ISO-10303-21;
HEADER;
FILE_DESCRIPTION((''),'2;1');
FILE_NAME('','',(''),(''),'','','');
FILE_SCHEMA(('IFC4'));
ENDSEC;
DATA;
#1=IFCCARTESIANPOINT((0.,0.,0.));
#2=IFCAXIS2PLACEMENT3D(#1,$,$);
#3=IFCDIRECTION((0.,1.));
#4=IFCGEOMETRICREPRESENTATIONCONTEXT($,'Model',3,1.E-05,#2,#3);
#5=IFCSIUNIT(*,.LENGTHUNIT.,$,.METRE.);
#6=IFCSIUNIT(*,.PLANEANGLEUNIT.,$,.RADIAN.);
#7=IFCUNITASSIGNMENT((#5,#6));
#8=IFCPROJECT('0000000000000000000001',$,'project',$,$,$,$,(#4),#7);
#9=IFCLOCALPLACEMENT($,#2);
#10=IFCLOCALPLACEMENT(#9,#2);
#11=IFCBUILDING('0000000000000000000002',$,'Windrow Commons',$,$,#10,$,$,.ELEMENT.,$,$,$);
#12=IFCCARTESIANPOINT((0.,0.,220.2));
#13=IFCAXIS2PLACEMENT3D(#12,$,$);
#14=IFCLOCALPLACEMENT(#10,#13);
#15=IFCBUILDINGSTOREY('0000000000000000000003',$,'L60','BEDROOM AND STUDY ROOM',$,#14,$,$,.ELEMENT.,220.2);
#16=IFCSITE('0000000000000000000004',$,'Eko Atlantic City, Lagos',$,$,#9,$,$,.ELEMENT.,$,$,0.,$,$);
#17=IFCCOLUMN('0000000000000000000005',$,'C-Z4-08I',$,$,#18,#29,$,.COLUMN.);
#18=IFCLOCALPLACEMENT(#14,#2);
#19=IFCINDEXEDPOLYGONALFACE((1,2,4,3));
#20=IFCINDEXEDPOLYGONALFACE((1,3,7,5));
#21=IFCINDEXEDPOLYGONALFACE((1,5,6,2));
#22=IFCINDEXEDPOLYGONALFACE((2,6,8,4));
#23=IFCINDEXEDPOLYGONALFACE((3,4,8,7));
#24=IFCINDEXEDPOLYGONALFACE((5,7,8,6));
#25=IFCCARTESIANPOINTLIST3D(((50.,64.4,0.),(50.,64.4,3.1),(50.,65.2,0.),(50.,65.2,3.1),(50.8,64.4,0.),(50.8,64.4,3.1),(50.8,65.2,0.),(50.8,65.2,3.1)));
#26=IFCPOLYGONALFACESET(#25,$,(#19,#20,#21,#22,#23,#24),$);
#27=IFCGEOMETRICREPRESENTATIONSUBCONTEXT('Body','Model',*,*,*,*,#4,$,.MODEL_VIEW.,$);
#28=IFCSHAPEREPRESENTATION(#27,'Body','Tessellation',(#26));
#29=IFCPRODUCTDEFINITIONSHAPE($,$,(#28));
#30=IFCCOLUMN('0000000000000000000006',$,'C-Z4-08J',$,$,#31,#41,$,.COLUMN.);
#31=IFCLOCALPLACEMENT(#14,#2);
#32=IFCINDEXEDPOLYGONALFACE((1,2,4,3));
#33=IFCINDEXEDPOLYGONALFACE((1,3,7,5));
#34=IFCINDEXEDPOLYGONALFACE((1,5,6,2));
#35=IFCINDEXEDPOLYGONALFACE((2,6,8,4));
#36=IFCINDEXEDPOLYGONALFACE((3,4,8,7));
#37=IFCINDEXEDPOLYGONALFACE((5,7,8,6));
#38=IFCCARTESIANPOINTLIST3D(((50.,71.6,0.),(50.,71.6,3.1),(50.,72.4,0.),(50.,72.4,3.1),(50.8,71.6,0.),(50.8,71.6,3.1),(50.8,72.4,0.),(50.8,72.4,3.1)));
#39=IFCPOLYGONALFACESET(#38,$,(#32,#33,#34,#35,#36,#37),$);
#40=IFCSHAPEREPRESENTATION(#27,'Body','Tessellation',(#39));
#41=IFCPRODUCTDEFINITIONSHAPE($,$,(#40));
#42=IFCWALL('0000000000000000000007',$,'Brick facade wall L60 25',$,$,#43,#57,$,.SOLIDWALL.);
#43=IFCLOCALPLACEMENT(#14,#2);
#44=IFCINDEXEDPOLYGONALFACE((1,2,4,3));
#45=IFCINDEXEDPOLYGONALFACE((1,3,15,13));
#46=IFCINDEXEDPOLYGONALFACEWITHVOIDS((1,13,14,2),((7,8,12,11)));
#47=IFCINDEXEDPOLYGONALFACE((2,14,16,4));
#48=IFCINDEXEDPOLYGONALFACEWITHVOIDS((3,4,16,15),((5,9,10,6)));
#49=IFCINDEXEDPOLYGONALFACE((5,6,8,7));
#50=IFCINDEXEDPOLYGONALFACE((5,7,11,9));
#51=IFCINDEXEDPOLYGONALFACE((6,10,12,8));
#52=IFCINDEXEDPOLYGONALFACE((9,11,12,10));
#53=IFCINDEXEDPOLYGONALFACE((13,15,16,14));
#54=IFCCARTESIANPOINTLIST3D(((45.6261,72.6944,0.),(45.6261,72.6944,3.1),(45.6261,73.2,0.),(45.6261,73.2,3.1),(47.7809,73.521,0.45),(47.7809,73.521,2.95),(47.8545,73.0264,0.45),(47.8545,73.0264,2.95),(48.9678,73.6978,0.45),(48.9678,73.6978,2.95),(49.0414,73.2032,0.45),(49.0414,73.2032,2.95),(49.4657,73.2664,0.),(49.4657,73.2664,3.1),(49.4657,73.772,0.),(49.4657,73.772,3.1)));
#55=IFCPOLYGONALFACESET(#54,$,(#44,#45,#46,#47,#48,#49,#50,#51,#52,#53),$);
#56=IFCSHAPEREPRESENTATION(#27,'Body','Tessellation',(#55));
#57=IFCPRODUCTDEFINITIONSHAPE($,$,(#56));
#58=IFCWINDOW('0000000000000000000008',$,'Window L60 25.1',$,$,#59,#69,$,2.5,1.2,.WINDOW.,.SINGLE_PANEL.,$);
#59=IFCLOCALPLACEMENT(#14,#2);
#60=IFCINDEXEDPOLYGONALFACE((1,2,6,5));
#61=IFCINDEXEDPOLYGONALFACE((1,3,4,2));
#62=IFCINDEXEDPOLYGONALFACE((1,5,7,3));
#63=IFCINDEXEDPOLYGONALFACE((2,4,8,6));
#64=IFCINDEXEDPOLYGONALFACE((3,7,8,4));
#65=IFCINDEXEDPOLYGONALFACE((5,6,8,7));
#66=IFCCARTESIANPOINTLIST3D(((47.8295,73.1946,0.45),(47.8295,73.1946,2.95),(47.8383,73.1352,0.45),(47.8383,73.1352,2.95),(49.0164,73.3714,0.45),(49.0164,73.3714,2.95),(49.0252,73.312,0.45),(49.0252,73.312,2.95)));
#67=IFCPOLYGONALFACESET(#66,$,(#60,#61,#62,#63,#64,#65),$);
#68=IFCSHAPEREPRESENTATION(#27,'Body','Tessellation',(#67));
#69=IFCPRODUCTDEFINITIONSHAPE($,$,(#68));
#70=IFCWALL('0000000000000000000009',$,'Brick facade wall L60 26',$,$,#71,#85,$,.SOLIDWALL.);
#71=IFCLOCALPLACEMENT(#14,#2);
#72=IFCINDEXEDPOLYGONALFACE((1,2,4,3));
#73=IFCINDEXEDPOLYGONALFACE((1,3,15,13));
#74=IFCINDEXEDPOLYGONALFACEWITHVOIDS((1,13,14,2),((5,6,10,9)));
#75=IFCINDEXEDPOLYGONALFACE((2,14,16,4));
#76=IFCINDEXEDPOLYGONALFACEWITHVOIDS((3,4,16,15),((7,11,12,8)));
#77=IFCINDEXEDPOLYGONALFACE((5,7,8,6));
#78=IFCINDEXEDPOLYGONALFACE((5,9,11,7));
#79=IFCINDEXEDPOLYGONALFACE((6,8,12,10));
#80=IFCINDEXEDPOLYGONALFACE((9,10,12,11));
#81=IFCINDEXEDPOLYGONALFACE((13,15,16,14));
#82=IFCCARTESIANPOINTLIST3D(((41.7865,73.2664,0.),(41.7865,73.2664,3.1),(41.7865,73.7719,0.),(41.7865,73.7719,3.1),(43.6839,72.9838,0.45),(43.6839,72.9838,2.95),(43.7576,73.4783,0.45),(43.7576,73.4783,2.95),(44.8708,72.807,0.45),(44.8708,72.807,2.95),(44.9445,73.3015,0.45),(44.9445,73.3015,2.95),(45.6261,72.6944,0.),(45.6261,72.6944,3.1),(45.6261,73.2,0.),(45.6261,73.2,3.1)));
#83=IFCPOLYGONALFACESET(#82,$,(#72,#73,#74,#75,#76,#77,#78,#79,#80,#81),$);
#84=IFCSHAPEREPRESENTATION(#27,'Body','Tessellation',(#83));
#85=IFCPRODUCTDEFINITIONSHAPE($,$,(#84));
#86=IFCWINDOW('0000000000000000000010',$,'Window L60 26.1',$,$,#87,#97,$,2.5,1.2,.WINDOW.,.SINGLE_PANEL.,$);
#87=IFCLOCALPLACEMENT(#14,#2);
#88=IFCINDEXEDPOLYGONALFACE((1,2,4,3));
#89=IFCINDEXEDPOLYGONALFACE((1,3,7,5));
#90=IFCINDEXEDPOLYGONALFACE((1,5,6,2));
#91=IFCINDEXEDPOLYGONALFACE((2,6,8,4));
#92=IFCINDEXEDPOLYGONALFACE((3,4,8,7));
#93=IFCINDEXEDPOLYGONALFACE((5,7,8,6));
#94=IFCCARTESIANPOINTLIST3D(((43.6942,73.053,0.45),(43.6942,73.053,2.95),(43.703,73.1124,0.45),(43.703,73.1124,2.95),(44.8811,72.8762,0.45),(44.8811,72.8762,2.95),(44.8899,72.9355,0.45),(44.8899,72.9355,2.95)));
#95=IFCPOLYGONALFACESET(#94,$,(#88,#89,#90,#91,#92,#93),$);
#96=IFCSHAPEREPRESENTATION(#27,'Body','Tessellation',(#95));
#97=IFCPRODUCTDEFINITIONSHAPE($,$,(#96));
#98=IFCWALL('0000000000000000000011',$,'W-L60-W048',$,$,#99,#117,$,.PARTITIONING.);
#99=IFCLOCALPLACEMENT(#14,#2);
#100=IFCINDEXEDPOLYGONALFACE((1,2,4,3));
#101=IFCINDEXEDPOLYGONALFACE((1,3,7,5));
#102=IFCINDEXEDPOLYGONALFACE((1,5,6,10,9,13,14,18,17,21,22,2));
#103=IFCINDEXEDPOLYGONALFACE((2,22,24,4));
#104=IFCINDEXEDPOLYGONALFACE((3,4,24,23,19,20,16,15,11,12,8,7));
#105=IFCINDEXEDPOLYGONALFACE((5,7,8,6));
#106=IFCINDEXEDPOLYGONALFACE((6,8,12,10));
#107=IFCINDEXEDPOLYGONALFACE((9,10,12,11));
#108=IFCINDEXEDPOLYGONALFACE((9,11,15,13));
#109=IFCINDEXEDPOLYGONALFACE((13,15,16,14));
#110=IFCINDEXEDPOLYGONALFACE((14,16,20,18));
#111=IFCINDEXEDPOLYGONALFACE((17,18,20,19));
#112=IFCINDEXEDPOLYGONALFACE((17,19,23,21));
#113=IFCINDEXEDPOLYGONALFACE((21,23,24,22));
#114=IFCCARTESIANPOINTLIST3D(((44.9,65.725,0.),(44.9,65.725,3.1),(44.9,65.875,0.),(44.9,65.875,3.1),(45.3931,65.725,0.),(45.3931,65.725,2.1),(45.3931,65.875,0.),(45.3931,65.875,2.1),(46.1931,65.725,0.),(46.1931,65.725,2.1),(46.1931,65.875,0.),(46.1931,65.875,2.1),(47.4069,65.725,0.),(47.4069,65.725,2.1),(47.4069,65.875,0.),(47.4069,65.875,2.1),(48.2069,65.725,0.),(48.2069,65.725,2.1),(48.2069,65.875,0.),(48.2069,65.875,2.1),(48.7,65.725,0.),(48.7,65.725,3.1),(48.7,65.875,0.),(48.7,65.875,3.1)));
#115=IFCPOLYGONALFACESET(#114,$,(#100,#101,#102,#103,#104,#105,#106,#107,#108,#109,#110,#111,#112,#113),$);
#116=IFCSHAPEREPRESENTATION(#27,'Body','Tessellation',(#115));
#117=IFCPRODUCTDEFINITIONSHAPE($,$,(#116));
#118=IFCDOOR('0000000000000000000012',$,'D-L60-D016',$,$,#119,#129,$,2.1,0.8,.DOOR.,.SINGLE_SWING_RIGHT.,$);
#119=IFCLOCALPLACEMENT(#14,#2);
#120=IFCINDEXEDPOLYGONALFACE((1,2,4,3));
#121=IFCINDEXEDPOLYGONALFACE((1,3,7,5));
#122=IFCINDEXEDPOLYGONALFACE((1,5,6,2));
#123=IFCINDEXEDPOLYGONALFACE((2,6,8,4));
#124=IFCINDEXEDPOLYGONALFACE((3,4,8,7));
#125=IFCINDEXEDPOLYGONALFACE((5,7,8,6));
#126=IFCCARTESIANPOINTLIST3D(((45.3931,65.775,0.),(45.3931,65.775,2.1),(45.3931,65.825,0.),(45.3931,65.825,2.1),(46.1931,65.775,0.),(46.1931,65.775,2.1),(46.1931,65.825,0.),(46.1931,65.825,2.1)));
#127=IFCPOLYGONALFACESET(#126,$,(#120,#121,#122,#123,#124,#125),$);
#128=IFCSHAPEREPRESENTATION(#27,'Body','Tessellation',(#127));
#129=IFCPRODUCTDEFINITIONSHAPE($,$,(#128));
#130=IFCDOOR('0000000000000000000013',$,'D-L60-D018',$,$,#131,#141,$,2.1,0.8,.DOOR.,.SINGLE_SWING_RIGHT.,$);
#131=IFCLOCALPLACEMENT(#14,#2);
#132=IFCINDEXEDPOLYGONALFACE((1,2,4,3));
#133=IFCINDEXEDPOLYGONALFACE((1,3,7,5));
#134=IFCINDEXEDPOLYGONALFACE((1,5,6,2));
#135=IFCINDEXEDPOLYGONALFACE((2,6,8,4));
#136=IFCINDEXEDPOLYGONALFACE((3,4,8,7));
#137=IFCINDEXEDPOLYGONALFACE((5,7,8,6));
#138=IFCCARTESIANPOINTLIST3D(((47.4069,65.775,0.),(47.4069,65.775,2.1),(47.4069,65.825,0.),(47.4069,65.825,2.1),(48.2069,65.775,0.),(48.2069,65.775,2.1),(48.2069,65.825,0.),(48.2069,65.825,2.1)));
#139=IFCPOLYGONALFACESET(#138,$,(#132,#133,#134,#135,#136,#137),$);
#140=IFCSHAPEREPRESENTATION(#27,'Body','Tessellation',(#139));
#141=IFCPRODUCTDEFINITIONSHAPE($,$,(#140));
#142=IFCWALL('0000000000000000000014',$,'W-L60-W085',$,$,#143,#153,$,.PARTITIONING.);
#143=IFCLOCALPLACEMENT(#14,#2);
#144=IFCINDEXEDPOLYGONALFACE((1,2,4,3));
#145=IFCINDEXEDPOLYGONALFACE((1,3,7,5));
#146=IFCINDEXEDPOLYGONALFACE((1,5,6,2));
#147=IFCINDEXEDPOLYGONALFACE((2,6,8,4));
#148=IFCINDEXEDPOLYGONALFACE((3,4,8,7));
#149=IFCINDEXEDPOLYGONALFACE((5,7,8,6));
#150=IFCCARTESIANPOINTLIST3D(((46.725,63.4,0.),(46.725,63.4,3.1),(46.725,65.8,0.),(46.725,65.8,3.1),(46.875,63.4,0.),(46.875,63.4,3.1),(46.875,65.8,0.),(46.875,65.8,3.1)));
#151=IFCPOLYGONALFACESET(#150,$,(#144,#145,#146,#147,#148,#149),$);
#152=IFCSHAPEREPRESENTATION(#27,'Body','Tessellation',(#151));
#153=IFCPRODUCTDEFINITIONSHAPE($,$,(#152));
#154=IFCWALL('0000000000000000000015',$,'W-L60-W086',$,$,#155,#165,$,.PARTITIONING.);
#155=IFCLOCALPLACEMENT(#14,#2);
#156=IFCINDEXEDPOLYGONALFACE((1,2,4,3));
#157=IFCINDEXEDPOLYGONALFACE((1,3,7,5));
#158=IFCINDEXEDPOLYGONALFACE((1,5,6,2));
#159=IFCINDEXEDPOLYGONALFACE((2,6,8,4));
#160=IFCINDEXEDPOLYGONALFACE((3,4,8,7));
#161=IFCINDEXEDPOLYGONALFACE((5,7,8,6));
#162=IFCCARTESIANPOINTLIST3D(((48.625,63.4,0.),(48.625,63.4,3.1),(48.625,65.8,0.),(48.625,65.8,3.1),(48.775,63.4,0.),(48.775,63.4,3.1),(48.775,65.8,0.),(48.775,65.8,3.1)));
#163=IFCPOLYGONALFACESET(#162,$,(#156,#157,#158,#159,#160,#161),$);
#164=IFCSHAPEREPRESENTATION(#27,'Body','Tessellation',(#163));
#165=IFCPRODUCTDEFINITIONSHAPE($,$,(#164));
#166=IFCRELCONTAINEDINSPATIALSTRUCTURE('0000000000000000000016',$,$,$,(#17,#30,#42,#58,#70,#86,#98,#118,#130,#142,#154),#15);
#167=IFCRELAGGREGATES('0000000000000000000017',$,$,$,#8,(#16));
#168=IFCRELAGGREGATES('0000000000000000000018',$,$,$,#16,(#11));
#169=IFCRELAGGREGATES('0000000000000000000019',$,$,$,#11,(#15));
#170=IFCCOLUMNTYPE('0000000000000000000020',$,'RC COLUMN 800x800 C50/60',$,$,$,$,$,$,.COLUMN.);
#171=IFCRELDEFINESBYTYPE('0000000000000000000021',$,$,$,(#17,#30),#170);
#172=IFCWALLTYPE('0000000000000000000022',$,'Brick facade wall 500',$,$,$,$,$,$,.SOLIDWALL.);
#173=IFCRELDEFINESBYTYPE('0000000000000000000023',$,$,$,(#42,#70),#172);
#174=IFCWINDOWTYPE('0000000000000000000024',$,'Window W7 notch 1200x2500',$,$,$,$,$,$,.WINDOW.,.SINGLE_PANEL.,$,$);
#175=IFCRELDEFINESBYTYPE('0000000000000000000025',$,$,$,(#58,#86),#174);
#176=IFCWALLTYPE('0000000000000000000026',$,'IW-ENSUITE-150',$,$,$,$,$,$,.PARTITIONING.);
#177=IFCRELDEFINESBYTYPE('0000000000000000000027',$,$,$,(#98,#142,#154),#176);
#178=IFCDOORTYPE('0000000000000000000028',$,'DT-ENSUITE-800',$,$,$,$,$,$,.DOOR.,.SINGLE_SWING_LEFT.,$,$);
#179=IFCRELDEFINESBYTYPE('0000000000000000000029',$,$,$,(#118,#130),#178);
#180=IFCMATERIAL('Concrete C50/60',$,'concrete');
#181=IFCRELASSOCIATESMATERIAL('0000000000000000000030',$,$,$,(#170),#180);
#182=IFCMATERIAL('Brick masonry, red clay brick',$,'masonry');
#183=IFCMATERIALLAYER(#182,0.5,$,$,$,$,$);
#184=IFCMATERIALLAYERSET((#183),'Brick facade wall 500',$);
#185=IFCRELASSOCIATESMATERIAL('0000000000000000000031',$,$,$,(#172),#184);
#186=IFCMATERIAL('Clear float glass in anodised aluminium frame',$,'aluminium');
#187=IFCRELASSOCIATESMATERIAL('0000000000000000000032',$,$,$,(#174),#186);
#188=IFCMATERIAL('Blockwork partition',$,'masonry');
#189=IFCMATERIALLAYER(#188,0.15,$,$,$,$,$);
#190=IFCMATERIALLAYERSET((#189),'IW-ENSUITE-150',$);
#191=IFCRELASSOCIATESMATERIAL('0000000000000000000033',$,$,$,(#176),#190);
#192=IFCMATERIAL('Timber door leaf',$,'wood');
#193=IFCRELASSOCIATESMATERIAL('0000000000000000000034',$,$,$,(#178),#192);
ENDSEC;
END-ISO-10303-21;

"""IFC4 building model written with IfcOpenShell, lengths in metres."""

from ifc_helpers import new_model, si_unit, direction, frame, frame_2d, origin, origin_2d, place, context, subcontext, project, spatial, polyline, rectangle, outline, extrude, material, layer, layer_set, material_profile, profile_set, type_object, element, fill, save


model = new_model("IFC4")

# Units and contexts
model_context = context("Model", 3, precision=1e-05, world=origin(), true_north=direction((0.0, 1.0)))
body_context = subcontext(model_context, "Body", "Model", "MODEL_VIEW")
ifc_project = project(units=[si_unit("LENGTHUNIT", "METRE"), si_unit("PLANEANGLEUNIT", "RADIAN")], contexts=[model_context])

# Site, building, storey
site_placement = place(None, origin())
site = spatial("IfcSite", under=ifc_project, at=site_placement, Name="Eko Atlantic City, Lagos", CompositionType="ELEMENT", RefElevation=0.0)
building_placement = place(site_placement, origin())
building = spatial("IfcBuilding", under=site, at=building_placement, Name="Windrow Commons", CompositionType="ELEMENT")
storey_placement = place(building_placement, frame((0.0, 0.0, 220.2)))
storey = spatial("IfcBuildingStorey", under=building, at=storey_placement, Name="L60", Description="BEDROOM AND STUDY ROOM", CompositionType="ELEMENT", Elevation=220.2)

# Columns
ifc_material_1 = material(Name="Concrete C50/60", Category="concrete")
ifc_material_profile = material_profile(ifc_material_1, rectangle(XDim=0.8, YDim=0.8, at=origin_2d()))
ifc_profile_set = profile_set([ifc_material_profile], Name="Concrete C50/60")
column_type = type_object("IfcColumnType", Name="RC COLUMN 800x800 C50/60", PredefinedType="COLUMN", material=ifc_profile_set)
for number, where, z_axis, x_axis, name in (
    (1, (50.4, 64.8, 0.0), (0.0, 0.0, 1.0), (1.0, 0.0, 0.0), "C-Z4-08I"),
    (2, (50.4, 72.0, 0.0), (0.0, 0.0, 1.0), (1.0, 0.0, 0.0), "C-Z4-08J"),
):
    element("IfcColumn", number, at=place(storey_placement, frame(where, z_axis=z_axis, x_axis=x_axis)), inside=storey, type_object=column_type, Name=name, PredefinedType="COLUMN", context=body_context, shape_type="SweptSolid", body=[
        extrude(rectangle(XDim=0.8, YDim=0.8, at=origin_2d()), origin(), (0.0, 0.0, 1.0), 3.1),
    ])

# Walls, openings, windows
ifc_material_2 = material(Name="Brick masonry, red clay brick", Category="masonry")
ifc_layer_1 = layer(ifc_material_2, 0.5)
ifc_layer_set_1 = layer_set([ifc_layer_1], Name="Brick facade wall 500")
wall_type_1 = type_object("IfcWallType", Name="Brick facade wall 500", PredefinedType="SOLIDWALL", material=ifc_layer_set_1)
wall_1_placement = place(storey_placement, frame((49.4657, 73.5192, 0.0), z_axis=(0.0, 0.0, 1.0), x_axis=(-0.989085, -0.147348, 0.0)))
wall_1 = element("IfcWall", 3, at=wall_1_placement, inside=storey, type_object=wall_type_1, Name="Brick facade wall L60 25", PredefinedType="SOLIDWALL", context=body_context, shape_type="SweptSolid", body=[
    extrude(outline(polyline([(-0.0372, -0.25), (3.8447, -0.25), (3.9192, 0.25), (0.0372, 0.25), (-0.0372, -0.25)])), origin(), (0.0, 0.0, 1.0), 3.1),
])
opening_1_placement = place(wall_1_placement, frame((0.4662, 0.0, 0.45)))
opening_1 = element("IfcOpeningElement", 4, at=opening_1_placement, cuts=wall_1, PredefinedType="OPENING", context=body_context, shape_type="SweptSolid", body=[
    extrude(rectangle(XDim=1.2, YDim=2.5, at=frame_2d((0.6, 1.25))), frame((0.0, 0.26, 0.0), z_axis=(0.0, -1.0, 0.0), x_axis=(1.0, 0.0, 0.0)), (0.0, 0.0, 1.0), 0.52),
])
ifc_material_3 = material(Name="Clear float glass in anodised aluminium frame", Category="aluminium")
window_type = type_object("IfcWindowType", Name="Window W7 notch 1200x2500", PartitioningType="SINGLE_PANEL", PredefinedType="WINDOW", material=ifc_material_3)
window_1_placement = place(opening_1_placement, origin())
window_1 = element("IfcWindow", 5, at=window_1_placement, inside=storey, type_object=window_type, Name="Window L60 25.1", OverallHeight=2.5, OverallWidth=1.2, PartitioningType="SINGLE_PANEL", PredefinedType="WINDOW", context=body_context, shape_type="SweptSolid", body=[
    extrude(rectangle(XDim=1.2, YDim=2.5, at=frame_2d((0.6, 1.25))), frame((0.0, 0.14, 0.0), z_axis=(0.0, -1.0, 0.0), x_axis=(1.0, 0.0, 0.0)), (0.0, 0.0, 1.0), 0.06),
])
fill(opening_1, window_1)
wall_2_placement = place(storey_placement, frame((45.6261, 72.9472, 0.0), z_axis=(0.0, 0.0, 1.0), x_axis=(-0.989085, 0.147344, 0.0)))
wall_2 = element("IfcWall", 6, at=wall_2_placement, inside=storey, type_object=wall_type_1, Name="Brick facade wall L60 26", PredefinedType="SOLIDWALL", context=body_context, shape_type="SweptSolid", body=[
    extrude(outline(polyline([(0.0372, -0.25), (3.9192, -0.25), (3.8447, 0.25), (-0.0372, 0.25), (0.0372, -0.25)])), origin(), (0.0, 0.0, 1.0), 3.1),
])
opening_2_placement = place(wall_2_placement, frame((0.7264, 0.0, 0.45)))
opening_2 = element("IfcOpeningElement", 7, at=opening_2_placement, cuts=wall_2, PredefinedType="OPENING", context=body_context, shape_type="SweptSolid", body=[
    extrude(rectangle(XDim=1.2, YDim=2.5, at=frame_2d((0.6, 1.25))), frame((0.0, 0.26, 0.0), z_axis=(0.0, -1.0, 0.0), x_axis=(1.0, 0.0, 0.0)), (0.0, 0.0, 1.0), 0.52),
])
window_2_placement = place(opening_2_placement, origin())
window_2 = element("IfcWindow", 8, at=window_2_placement, inside=storey, type_object=window_type, Name="Window L60 26.1", OverallHeight=2.5, OverallWidth=1.2, PartitioningType="SINGLE_PANEL", PredefinedType="WINDOW", context=body_context, shape_type="SweptSolid", body=[
    extrude(rectangle(XDim=1.2, YDim=2.5, at=frame_2d((0.6, 1.25))), frame((0.0, 0.18, 0.0), z_axis=(0.0, -1.0, 0.0), x_axis=(1.0, 0.0, 0.0)), (0.0, 0.0, 1.0), 0.06),
])
fill(opening_2, window_2)

# Wall, openings, doors
ifc_material_4 = material(Name="Blockwork partition", Category="masonry")
ifc_layer_2 = layer(ifc_material_4, 0.15)
ifc_layer_set_2 = layer_set([ifc_layer_2], Name="IW-ENSUITE-150")
wall_type_2 = type_object("IfcWallType", Name="IW-ENSUITE-150", PredefinedType="PARTITIONING", material=ifc_layer_set_2)
wall_3_placement = place(storey_placement, frame((44.9, 65.8, 0.0), z_axis=(0.0, 0.0, 1.0), x_axis=(1.0, 0.0, 0.0)))
wall_3 = element("IfcWall", 9, at=wall_3_placement, inside=storey, type_object=wall_type_2, Name="W-L60-W048", PredefinedType="PARTITIONING", context=body_context, shape_type="SweptSolid", body=[
    extrude(rectangle(XDim=3.8, YDim=0.15, at=frame_2d((1.9, 0.0))), origin(), (0.0, 0.0, 1.0), 3.1),
])
opening_3_placement = place(wall_3_placement, frame((0.4931, 0.0, 0.0)))
opening_3 = element("IfcOpeningElement", 10, at=opening_3_placement, cuts=wall_3, PredefinedType="OPENING", context=body_context, shape_type="SweptSolid", body=[
    extrude(rectangle(XDim=0.8, YDim=2.1, at=frame_2d((0.4, 1.05))), frame((0.0, 0.085, 0.0), z_axis=(0.0, -1.0, 0.0), x_axis=(1.0, 0.0, 0.0)), (0.0, 0.0, 1.0), 0.17),
])
opening_4_placement = place(wall_3_placement, frame((2.5069, 0.0, 0.0)))
opening_4 = element("IfcOpeningElement", 11, at=opening_4_placement, cuts=wall_3, PredefinedType="OPENING", context=body_context, shape_type="SweptSolid", body=[
    extrude(rectangle(XDim=0.8, YDim=2.1, at=frame_2d((0.4, 1.05))), frame((0.0, 0.085, 0.0), z_axis=(0.0, -1.0, 0.0), x_axis=(1.0, 0.0, 0.0)), (0.0, 0.0, 1.0), 0.17),
])
ifc_material_5 = material(Name="Timber door leaf", Category="wood")
door_type = type_object("IfcDoorType", Name="DT-ENSUITE-800", OperationType="SINGLE_SWING_LEFT", PredefinedType="DOOR", material=ifc_material_5)
door_1_placement = place(opening_3_placement, origin())
door_1 = element("IfcDoor", 12, at=door_1_placement, inside=storey, type_object=door_type, Name="D-L60-D016", OperationType="SINGLE_SWING_RIGHT", OverallHeight=2.1, OverallWidth=0.8, PredefinedType="DOOR", context=body_context, shape_type="SweptSolid", body=[
    extrude(rectangle(XDim=0.8, YDim=2.1, at=frame_2d((0.4, 1.05))), frame((0.0, 0.025, 0.0), z_axis=(0.0, -1.0, 0.0), x_axis=(1.0, 0.0, 0.0)), (0.0, 0.0, 1.0), 0.05),
])
fill(opening_3, door_1)
door_2_placement = place(opening_4_placement, origin())
door_2 = element("IfcDoor", 13, at=door_2_placement, inside=storey, type_object=door_type, Name="D-L60-D018", OperationType="SINGLE_SWING_RIGHT", OverallHeight=2.1, OverallWidth=0.8, PredefinedType="DOOR", context=body_context, shape_type="SweptSolid", body=[
    extrude(rectangle(XDim=0.8, YDim=2.1, at=frame_2d((0.4, 1.05))), frame((0.0, 0.025, 0.0), z_axis=(0.0, -1.0, 0.0), x_axis=(1.0, 0.0, 0.0)), (0.0, 0.0, 1.0), 0.05),
])
fill(opening_4, door_2)

# Walls
for number, where, z_axis, x_axis, name in (
    (14, (46.8, 63.4, 0.0), (0.0, 0.0, 1.0), (0.0, 1.0, 0.0), "W-L60-W085"),
    (15, (48.7, 63.4, 0.0), (0.0, 0.0, 1.0), (0.0, 1.0, 0.0), "W-L60-W086"),
):
    element("IfcWall", number, at=place(storey_placement, frame(where, z_axis=z_axis, x_axis=x_axis)), inside=storey, type_object=wall_type_2, Name=name, PredefinedType="PARTITIONING", context=body_context, shape_type="SweptSolid", body=[
        extrude(rectangle(XDim=2.4, YDim=0.15, at=frame_2d((1.2, 0.0))), origin(), (0.0, 0.0, 1.0), 3.1),
    ])

save(model, "model.ifc")
